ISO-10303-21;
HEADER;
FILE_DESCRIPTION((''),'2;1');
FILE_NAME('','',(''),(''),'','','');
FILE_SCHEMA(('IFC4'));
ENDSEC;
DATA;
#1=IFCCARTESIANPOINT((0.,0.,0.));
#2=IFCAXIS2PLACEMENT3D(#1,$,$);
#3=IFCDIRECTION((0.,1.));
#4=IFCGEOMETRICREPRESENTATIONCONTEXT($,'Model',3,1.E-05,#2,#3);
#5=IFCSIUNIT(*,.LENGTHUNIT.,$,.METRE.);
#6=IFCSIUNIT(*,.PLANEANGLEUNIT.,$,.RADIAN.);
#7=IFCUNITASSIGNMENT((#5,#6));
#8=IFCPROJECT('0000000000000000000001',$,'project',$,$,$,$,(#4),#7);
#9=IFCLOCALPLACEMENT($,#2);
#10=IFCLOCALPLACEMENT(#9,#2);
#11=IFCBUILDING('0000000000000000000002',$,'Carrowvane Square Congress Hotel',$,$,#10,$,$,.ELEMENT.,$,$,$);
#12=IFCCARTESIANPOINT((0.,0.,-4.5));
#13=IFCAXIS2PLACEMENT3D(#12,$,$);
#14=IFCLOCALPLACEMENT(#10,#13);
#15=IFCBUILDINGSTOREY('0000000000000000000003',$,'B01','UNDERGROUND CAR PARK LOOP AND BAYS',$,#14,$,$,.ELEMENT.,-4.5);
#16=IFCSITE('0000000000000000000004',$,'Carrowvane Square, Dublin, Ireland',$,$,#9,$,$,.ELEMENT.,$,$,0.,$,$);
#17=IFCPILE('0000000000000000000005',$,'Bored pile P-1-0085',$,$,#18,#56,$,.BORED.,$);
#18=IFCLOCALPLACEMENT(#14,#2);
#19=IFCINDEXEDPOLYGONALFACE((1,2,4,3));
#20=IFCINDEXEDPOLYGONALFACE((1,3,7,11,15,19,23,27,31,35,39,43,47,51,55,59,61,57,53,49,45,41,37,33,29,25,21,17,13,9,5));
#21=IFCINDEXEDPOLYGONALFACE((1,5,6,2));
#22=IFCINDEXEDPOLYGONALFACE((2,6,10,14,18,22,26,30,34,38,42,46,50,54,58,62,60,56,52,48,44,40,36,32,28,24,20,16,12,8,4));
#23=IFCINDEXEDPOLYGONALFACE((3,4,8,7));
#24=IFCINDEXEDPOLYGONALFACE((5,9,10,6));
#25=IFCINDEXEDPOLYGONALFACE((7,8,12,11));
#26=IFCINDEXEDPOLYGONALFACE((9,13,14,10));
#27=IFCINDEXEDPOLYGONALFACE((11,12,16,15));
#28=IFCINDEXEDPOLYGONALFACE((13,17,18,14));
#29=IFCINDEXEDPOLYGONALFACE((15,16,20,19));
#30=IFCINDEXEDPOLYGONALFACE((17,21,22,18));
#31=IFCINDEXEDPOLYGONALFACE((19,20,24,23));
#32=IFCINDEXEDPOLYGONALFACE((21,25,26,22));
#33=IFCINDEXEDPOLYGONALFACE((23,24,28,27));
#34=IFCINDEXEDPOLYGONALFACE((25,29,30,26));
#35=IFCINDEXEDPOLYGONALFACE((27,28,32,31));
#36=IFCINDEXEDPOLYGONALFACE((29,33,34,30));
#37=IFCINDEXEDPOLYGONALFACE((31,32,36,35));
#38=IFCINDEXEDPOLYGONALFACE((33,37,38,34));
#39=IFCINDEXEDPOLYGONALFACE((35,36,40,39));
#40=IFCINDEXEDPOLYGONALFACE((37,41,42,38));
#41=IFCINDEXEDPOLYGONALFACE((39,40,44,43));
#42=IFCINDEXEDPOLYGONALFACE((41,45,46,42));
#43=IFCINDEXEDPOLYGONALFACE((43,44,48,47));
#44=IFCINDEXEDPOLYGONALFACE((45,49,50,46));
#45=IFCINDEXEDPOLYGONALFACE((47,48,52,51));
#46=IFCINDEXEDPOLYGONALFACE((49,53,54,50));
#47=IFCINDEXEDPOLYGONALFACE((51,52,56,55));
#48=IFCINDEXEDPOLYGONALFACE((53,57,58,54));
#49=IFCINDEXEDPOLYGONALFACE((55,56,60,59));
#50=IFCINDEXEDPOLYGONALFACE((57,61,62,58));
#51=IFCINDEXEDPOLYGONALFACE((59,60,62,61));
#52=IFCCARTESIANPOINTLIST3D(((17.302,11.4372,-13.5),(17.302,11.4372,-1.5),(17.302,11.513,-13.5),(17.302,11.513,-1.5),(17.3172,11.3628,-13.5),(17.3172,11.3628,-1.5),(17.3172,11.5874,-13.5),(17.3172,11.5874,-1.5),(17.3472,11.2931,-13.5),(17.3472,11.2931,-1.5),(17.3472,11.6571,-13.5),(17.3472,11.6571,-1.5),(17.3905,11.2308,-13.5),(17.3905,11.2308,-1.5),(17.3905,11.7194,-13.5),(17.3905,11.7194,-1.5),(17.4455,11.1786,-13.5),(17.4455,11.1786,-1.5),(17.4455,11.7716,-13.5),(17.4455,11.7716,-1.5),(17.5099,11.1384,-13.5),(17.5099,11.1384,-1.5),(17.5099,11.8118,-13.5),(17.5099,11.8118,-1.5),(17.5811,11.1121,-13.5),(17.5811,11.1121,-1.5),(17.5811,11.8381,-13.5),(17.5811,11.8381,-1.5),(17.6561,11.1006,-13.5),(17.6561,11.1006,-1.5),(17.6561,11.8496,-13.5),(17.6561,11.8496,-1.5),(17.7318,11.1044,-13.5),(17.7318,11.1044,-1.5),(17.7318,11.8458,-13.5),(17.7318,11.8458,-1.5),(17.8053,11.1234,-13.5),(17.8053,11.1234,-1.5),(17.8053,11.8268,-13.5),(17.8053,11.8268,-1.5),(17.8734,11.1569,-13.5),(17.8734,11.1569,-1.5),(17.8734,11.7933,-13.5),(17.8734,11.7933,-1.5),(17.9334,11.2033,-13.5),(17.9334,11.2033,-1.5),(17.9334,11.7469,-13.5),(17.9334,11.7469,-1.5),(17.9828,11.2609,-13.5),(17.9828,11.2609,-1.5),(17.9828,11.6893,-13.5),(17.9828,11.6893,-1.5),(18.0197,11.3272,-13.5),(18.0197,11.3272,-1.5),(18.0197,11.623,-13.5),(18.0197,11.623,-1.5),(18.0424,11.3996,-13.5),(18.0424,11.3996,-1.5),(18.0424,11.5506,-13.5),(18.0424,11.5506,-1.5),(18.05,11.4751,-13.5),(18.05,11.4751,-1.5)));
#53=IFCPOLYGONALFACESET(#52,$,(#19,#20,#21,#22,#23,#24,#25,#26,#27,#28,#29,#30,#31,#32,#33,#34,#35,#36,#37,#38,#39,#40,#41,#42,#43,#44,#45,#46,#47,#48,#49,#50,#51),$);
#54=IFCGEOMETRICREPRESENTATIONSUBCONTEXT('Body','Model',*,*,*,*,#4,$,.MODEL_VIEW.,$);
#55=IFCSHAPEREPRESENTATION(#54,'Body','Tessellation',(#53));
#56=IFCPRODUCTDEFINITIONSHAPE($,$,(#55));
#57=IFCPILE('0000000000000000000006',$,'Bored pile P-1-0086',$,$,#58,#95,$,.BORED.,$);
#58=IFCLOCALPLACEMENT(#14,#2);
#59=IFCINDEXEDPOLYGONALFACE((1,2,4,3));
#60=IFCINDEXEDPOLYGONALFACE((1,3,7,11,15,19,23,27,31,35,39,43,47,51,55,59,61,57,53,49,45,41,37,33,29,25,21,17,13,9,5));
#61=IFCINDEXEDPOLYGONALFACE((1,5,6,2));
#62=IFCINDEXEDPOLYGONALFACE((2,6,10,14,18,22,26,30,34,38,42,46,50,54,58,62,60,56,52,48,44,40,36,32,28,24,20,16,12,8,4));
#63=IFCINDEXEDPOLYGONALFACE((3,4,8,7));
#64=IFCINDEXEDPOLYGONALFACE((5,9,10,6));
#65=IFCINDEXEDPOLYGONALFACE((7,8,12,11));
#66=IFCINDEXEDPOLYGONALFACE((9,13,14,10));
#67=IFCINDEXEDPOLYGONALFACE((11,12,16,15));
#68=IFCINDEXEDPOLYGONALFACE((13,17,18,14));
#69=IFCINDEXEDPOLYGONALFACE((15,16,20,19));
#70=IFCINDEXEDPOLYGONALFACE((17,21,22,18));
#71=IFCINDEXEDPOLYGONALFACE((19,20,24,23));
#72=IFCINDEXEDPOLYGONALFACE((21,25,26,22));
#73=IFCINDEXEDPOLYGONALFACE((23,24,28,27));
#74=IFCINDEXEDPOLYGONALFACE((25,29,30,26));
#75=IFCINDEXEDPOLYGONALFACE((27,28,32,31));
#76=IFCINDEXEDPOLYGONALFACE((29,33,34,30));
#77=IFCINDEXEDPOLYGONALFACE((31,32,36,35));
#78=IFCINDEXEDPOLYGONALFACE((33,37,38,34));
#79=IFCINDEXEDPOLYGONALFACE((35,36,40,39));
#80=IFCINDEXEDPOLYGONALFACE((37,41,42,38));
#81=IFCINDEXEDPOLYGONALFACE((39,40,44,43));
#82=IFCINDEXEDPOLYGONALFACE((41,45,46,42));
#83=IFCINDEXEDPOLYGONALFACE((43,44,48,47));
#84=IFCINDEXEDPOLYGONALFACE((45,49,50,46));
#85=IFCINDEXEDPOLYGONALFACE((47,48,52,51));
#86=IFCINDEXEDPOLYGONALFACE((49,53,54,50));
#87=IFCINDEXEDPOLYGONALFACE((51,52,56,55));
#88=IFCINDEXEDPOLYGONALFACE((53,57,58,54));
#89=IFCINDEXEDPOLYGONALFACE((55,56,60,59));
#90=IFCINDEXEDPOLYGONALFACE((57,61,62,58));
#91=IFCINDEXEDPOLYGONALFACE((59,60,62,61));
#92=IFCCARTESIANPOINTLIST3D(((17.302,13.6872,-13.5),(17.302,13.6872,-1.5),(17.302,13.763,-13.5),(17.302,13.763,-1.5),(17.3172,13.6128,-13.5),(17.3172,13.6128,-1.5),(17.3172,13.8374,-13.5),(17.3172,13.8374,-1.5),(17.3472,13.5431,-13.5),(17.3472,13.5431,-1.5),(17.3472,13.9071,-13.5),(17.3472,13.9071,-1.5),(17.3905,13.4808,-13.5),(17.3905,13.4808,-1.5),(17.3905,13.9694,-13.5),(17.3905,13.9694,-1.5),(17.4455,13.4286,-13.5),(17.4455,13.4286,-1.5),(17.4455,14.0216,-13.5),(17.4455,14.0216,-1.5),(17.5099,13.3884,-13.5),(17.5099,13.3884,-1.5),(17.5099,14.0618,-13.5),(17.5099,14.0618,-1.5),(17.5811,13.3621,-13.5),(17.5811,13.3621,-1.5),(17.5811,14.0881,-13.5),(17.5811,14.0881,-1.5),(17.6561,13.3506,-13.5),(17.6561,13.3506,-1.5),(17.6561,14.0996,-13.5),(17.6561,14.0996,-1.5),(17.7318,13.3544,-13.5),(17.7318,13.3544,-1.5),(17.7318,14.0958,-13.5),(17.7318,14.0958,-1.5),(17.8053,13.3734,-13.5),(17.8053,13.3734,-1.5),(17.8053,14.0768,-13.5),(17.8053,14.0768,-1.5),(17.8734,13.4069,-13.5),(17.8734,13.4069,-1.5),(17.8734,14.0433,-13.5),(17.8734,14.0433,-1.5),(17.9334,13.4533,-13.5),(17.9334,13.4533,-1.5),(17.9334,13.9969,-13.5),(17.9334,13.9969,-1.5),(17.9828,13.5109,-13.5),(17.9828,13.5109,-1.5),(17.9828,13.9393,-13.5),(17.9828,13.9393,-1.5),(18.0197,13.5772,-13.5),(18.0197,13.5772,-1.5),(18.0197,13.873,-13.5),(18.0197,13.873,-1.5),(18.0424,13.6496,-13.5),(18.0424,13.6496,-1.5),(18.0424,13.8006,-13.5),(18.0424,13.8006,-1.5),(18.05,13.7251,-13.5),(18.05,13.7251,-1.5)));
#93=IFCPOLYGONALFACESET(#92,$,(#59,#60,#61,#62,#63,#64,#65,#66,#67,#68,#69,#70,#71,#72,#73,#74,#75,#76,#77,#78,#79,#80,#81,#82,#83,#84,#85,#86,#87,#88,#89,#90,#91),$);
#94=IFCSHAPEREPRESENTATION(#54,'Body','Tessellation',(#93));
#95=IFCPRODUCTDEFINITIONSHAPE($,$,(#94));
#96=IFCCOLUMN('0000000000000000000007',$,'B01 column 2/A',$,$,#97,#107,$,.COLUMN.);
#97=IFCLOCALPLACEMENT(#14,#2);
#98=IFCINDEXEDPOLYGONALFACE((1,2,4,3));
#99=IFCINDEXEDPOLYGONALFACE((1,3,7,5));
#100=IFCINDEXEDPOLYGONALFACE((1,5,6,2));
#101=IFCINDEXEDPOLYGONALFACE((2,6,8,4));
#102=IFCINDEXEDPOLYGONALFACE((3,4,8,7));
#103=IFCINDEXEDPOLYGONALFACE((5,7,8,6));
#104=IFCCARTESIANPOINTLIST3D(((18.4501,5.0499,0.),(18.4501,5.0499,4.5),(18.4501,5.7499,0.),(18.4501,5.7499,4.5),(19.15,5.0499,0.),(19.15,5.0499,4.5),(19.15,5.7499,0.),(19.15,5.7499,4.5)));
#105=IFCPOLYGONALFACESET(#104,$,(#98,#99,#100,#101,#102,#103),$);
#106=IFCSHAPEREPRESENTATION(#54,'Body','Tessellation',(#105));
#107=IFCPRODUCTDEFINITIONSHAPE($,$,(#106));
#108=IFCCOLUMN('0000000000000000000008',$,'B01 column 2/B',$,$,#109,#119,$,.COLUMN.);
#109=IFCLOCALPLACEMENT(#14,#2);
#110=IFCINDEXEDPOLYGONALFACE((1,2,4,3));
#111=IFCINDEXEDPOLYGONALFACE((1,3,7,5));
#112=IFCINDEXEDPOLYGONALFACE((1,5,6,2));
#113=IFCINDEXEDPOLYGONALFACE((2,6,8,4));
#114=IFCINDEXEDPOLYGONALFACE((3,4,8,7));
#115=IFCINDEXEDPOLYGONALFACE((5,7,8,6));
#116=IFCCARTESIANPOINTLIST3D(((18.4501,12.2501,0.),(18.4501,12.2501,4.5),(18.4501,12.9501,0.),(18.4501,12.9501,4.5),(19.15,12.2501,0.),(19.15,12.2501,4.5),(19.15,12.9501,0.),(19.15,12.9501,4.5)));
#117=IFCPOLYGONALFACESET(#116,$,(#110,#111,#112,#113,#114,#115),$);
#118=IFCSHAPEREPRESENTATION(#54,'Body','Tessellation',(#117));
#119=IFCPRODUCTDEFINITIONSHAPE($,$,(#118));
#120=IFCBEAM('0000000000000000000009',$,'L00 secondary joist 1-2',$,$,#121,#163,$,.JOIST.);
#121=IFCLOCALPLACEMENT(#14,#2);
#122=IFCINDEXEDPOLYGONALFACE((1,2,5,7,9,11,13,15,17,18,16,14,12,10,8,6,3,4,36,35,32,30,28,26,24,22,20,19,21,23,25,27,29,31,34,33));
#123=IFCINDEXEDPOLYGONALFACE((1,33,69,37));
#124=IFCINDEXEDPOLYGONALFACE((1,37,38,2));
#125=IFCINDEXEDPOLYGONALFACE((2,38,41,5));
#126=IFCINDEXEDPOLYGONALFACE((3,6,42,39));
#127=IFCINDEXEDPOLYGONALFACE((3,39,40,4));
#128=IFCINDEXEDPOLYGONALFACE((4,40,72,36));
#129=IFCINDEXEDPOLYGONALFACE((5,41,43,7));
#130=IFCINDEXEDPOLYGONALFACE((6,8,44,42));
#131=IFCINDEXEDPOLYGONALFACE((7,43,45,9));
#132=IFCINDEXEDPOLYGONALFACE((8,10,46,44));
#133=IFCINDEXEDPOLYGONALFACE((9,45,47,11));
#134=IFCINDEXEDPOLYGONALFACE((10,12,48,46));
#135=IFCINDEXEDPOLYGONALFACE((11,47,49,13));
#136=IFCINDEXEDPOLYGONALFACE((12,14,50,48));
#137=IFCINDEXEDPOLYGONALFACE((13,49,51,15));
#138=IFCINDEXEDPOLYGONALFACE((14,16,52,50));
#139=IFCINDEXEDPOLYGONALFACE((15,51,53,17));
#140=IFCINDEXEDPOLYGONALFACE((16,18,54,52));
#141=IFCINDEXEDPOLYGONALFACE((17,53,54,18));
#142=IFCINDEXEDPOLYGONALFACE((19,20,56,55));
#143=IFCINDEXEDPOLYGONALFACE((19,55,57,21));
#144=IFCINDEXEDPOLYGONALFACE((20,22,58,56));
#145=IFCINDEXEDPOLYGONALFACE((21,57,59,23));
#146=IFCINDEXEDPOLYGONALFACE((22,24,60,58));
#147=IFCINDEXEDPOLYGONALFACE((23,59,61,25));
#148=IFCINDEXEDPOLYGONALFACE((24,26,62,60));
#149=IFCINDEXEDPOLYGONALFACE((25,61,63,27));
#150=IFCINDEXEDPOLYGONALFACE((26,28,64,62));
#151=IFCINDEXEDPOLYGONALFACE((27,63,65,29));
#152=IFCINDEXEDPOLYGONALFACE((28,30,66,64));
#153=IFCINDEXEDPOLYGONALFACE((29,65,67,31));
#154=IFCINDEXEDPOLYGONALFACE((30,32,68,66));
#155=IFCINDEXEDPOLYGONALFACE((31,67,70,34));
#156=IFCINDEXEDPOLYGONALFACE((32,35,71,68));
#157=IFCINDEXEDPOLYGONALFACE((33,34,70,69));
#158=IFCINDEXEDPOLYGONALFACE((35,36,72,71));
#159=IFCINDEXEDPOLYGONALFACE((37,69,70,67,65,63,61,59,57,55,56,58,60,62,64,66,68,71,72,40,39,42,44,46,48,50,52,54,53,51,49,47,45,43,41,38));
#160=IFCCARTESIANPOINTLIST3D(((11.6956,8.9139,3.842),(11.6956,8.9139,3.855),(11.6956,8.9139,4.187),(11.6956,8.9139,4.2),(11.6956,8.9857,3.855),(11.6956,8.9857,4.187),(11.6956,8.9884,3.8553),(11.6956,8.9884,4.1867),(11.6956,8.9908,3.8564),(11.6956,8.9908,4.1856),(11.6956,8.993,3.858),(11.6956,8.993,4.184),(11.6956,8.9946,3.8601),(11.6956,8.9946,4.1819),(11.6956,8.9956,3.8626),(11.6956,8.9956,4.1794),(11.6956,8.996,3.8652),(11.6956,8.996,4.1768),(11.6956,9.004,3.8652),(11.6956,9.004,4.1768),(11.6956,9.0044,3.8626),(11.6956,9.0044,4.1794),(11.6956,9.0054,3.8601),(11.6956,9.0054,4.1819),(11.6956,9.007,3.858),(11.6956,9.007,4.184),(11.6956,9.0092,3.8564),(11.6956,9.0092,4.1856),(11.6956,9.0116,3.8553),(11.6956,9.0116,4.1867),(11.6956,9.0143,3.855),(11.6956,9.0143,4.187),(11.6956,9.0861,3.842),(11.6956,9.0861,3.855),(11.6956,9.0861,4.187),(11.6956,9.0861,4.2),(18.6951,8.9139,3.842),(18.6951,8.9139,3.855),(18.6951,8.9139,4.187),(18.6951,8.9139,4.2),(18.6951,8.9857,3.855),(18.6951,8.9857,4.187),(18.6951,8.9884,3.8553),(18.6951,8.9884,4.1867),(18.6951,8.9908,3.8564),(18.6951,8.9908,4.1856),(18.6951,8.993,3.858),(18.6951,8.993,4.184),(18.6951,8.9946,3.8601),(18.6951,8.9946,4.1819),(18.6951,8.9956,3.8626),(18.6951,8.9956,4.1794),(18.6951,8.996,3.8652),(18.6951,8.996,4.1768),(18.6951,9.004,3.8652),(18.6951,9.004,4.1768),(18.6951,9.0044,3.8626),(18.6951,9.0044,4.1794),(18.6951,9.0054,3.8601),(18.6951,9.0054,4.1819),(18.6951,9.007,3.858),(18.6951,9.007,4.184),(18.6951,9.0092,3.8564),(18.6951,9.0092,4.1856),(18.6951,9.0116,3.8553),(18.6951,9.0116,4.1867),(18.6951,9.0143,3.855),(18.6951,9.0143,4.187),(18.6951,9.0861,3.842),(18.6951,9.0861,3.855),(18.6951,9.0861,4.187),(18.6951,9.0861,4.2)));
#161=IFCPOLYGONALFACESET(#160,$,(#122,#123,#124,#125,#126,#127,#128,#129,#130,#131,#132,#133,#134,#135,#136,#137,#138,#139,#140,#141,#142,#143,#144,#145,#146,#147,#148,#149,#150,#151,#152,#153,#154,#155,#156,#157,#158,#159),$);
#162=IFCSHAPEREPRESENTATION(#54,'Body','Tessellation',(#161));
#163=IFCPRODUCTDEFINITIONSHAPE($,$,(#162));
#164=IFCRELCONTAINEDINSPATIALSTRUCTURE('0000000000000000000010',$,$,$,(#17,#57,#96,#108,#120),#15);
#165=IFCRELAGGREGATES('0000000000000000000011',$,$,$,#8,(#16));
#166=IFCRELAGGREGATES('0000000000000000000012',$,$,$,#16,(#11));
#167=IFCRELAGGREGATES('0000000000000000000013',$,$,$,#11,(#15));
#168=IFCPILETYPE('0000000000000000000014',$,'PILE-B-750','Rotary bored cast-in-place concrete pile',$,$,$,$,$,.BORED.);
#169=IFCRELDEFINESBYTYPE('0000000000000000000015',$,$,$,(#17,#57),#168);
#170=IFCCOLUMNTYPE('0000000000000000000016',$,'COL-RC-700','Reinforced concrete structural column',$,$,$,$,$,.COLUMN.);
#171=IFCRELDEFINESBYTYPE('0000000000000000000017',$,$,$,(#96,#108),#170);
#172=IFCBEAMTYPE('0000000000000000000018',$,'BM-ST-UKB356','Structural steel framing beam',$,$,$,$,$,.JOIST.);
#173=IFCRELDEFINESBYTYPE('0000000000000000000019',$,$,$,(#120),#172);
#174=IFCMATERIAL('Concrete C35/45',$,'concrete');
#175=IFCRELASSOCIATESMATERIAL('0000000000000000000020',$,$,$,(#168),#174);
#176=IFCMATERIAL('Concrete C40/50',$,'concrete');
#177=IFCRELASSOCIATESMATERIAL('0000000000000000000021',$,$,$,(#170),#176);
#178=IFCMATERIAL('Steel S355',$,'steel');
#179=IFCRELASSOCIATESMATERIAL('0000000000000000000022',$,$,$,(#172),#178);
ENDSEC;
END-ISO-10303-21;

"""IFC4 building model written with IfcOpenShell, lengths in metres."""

from ifc_helpers import new_model, si_unit, direction, frame, origin, origin_2d, place, context, subcontext, project, spatial, rectangle, circle, i_section, extrude, material, material_profile, profile_set, type_object, element, save


model = new_model("IFC4")

# Units and contexts
model_context = context("Model", 3, precision=1e-05, world=origin(), true_north=direction((0.0, 1.0)))
body_context = subcontext(model_context, "Body", "Model", "MODEL_VIEW")
ifc_project = project(units=[si_unit("LENGTHUNIT", "METRE"), si_unit("PLANEANGLEUNIT", "RADIAN")], contexts=[model_context])

# Site, building, storey
site_placement = place(None, origin())
site = spatial("IfcSite", under=ifc_project, at=site_placement, Name="Carrowvane Square, Dublin, Ireland", CompositionType="ELEMENT", RefElevation=0.0)
building_placement = place(site_placement, origin())
building = spatial("IfcBuilding", under=site, at=building_placement, Name="Carrowvane Square Congress Hotel", CompositionType="ELEMENT")
storey_placement = place(building_placement, frame((0.0, 0.0, -4.5)))
storey = spatial("IfcBuildingStorey", under=building, at=storey_placement, Name="B01", Description="UNDERGROUND CAR PARK LOOP AND BAYS", CompositionType="ELEMENT", Elevation=-4.5)

# Piles
ifc_material_1 = material(Name="Concrete C35/45", Category="concrete")
ifc_material_profile_1 = material_profile(ifc_material_1, circle(Radius=0.375, at=origin_2d()), Name="PILE D750")
ifc_profile_set_1 = profile_set([ifc_material_profile_1], Name="Concrete C35/45")
pile_type_1 = type_object("IfcPileType", Name="PILE-B-750", Description="Rotary bored cast-in-place concrete pile", PredefinedType="BORED", material=ifc_profile_set_1)
for number, where, z_axis, x_axis, name in (
    (1, (17.675, 11.4751, -1.5), (0.0, 0.0, -1.0), (1.0, 0.0, 0.0), "Bored pile P-1-0085"),
    (2, (17.675, 13.7251, -1.5), (0.0, 0.0, -1.0), (1.0, 0.0, 0.0), "Bored pile P-1-0086"),
):
    element("IfcPile", number, at=place(storey_placement, frame(where, z_axis=z_axis, x_axis=x_axis)), inside=storey, type_object=pile_type_1, Name=name, PredefinedType="BORED", context=body_context, shape_type="SweptSolid", body=[
        extrude(circle(Radius=0.375, at=origin_2d()), origin(), (0.0, 0.0, 1.0), 12.0),
    ])

# Columns
ifc_material_2 = material(Name="Concrete C40/50", Category="concrete")
ifc_material_profile_2 = material_profile(ifc_material_2, rectangle(XDim=0.7, YDim=0.7, at=origin_2d()), Name="RC 700x700")
ifc_profile_set_2 = profile_set([ifc_material_profile_2], Name="Concrete C40/50")
column_type = type_object("IfcColumnType", Name="COL-RC-700", Description="Reinforced concrete structural column", PredefinedType="COLUMN", material=ifc_profile_set_2)
for number, where, z_axis, x_axis, name in (
    (3, (18.8, 5.3999, 0.0), (0.0, 0.0, 1.0), (1.0, 0.0, 0.0), "B01 column 2/A"),
    (4, (18.8, 12.6001, 0.0), (0.0, 0.0, 1.0), (1.0, 0.0, 0.0), "B01 column 2/B"),
):
    element("IfcColumn", number, at=place(storey_placement, frame(where, z_axis=z_axis, x_axis=x_axis)), inside=storey, type_object=column_type, Name=name, PredefinedType="COLUMN", context=body_context, shape_type="SweptSolid", body=[
        extrude(rectangle(XDim=0.7, YDim=0.7, at=origin_2d()), origin(), (0.0, 0.0, 1.0), 4.5),
    ])

# Beam
ifc_material_3 = material(Name="Steel S355", Category="steel")
ifc_material_profile_3 = material_profile(ifc_material_3, i_section(OverallWidth=0.1721, OverallDepth=0.3579, WebThickness=0.0081, FlangeThickness=0.0129, FilletRadius=0.0103, at=origin_2d()), Name="UKB 356x171x57")
ifc_profile_set_3 = profile_set([ifc_material_profile_3], Name="Steel S355")
beam_type_1 = type_object("IfcBeamType", Name="BM-ST-UKB356", Description="Structural steel framing beam", PredefinedType="JOIST", material=ifc_profile_set_3)
beam_1_placement = place(storey_placement, frame((11.6956, 9.0, 4.021), z_axis=(1.0, 0.0, 0.0), x_axis=(0.0, 1.0, 0.0)))
element("IfcBeam", 5, at=beam_1_placement, inside=storey, type_object=beam_type_1, Name="L00 secondary joist 1-2", PredefinedType="JOIST", context=body_context, shape_type="SweptSolid", body=[
    extrude(i_section(OverallWidth=0.1721, OverallDepth=0.3579, WebThickness=0.0081, FlangeThickness=0.0129, FilletRadius=0.0103, at=origin_2d()), origin(), (0.0, 0.0, 1.0), 6.9995),
])

save(model, "model.ifc")
